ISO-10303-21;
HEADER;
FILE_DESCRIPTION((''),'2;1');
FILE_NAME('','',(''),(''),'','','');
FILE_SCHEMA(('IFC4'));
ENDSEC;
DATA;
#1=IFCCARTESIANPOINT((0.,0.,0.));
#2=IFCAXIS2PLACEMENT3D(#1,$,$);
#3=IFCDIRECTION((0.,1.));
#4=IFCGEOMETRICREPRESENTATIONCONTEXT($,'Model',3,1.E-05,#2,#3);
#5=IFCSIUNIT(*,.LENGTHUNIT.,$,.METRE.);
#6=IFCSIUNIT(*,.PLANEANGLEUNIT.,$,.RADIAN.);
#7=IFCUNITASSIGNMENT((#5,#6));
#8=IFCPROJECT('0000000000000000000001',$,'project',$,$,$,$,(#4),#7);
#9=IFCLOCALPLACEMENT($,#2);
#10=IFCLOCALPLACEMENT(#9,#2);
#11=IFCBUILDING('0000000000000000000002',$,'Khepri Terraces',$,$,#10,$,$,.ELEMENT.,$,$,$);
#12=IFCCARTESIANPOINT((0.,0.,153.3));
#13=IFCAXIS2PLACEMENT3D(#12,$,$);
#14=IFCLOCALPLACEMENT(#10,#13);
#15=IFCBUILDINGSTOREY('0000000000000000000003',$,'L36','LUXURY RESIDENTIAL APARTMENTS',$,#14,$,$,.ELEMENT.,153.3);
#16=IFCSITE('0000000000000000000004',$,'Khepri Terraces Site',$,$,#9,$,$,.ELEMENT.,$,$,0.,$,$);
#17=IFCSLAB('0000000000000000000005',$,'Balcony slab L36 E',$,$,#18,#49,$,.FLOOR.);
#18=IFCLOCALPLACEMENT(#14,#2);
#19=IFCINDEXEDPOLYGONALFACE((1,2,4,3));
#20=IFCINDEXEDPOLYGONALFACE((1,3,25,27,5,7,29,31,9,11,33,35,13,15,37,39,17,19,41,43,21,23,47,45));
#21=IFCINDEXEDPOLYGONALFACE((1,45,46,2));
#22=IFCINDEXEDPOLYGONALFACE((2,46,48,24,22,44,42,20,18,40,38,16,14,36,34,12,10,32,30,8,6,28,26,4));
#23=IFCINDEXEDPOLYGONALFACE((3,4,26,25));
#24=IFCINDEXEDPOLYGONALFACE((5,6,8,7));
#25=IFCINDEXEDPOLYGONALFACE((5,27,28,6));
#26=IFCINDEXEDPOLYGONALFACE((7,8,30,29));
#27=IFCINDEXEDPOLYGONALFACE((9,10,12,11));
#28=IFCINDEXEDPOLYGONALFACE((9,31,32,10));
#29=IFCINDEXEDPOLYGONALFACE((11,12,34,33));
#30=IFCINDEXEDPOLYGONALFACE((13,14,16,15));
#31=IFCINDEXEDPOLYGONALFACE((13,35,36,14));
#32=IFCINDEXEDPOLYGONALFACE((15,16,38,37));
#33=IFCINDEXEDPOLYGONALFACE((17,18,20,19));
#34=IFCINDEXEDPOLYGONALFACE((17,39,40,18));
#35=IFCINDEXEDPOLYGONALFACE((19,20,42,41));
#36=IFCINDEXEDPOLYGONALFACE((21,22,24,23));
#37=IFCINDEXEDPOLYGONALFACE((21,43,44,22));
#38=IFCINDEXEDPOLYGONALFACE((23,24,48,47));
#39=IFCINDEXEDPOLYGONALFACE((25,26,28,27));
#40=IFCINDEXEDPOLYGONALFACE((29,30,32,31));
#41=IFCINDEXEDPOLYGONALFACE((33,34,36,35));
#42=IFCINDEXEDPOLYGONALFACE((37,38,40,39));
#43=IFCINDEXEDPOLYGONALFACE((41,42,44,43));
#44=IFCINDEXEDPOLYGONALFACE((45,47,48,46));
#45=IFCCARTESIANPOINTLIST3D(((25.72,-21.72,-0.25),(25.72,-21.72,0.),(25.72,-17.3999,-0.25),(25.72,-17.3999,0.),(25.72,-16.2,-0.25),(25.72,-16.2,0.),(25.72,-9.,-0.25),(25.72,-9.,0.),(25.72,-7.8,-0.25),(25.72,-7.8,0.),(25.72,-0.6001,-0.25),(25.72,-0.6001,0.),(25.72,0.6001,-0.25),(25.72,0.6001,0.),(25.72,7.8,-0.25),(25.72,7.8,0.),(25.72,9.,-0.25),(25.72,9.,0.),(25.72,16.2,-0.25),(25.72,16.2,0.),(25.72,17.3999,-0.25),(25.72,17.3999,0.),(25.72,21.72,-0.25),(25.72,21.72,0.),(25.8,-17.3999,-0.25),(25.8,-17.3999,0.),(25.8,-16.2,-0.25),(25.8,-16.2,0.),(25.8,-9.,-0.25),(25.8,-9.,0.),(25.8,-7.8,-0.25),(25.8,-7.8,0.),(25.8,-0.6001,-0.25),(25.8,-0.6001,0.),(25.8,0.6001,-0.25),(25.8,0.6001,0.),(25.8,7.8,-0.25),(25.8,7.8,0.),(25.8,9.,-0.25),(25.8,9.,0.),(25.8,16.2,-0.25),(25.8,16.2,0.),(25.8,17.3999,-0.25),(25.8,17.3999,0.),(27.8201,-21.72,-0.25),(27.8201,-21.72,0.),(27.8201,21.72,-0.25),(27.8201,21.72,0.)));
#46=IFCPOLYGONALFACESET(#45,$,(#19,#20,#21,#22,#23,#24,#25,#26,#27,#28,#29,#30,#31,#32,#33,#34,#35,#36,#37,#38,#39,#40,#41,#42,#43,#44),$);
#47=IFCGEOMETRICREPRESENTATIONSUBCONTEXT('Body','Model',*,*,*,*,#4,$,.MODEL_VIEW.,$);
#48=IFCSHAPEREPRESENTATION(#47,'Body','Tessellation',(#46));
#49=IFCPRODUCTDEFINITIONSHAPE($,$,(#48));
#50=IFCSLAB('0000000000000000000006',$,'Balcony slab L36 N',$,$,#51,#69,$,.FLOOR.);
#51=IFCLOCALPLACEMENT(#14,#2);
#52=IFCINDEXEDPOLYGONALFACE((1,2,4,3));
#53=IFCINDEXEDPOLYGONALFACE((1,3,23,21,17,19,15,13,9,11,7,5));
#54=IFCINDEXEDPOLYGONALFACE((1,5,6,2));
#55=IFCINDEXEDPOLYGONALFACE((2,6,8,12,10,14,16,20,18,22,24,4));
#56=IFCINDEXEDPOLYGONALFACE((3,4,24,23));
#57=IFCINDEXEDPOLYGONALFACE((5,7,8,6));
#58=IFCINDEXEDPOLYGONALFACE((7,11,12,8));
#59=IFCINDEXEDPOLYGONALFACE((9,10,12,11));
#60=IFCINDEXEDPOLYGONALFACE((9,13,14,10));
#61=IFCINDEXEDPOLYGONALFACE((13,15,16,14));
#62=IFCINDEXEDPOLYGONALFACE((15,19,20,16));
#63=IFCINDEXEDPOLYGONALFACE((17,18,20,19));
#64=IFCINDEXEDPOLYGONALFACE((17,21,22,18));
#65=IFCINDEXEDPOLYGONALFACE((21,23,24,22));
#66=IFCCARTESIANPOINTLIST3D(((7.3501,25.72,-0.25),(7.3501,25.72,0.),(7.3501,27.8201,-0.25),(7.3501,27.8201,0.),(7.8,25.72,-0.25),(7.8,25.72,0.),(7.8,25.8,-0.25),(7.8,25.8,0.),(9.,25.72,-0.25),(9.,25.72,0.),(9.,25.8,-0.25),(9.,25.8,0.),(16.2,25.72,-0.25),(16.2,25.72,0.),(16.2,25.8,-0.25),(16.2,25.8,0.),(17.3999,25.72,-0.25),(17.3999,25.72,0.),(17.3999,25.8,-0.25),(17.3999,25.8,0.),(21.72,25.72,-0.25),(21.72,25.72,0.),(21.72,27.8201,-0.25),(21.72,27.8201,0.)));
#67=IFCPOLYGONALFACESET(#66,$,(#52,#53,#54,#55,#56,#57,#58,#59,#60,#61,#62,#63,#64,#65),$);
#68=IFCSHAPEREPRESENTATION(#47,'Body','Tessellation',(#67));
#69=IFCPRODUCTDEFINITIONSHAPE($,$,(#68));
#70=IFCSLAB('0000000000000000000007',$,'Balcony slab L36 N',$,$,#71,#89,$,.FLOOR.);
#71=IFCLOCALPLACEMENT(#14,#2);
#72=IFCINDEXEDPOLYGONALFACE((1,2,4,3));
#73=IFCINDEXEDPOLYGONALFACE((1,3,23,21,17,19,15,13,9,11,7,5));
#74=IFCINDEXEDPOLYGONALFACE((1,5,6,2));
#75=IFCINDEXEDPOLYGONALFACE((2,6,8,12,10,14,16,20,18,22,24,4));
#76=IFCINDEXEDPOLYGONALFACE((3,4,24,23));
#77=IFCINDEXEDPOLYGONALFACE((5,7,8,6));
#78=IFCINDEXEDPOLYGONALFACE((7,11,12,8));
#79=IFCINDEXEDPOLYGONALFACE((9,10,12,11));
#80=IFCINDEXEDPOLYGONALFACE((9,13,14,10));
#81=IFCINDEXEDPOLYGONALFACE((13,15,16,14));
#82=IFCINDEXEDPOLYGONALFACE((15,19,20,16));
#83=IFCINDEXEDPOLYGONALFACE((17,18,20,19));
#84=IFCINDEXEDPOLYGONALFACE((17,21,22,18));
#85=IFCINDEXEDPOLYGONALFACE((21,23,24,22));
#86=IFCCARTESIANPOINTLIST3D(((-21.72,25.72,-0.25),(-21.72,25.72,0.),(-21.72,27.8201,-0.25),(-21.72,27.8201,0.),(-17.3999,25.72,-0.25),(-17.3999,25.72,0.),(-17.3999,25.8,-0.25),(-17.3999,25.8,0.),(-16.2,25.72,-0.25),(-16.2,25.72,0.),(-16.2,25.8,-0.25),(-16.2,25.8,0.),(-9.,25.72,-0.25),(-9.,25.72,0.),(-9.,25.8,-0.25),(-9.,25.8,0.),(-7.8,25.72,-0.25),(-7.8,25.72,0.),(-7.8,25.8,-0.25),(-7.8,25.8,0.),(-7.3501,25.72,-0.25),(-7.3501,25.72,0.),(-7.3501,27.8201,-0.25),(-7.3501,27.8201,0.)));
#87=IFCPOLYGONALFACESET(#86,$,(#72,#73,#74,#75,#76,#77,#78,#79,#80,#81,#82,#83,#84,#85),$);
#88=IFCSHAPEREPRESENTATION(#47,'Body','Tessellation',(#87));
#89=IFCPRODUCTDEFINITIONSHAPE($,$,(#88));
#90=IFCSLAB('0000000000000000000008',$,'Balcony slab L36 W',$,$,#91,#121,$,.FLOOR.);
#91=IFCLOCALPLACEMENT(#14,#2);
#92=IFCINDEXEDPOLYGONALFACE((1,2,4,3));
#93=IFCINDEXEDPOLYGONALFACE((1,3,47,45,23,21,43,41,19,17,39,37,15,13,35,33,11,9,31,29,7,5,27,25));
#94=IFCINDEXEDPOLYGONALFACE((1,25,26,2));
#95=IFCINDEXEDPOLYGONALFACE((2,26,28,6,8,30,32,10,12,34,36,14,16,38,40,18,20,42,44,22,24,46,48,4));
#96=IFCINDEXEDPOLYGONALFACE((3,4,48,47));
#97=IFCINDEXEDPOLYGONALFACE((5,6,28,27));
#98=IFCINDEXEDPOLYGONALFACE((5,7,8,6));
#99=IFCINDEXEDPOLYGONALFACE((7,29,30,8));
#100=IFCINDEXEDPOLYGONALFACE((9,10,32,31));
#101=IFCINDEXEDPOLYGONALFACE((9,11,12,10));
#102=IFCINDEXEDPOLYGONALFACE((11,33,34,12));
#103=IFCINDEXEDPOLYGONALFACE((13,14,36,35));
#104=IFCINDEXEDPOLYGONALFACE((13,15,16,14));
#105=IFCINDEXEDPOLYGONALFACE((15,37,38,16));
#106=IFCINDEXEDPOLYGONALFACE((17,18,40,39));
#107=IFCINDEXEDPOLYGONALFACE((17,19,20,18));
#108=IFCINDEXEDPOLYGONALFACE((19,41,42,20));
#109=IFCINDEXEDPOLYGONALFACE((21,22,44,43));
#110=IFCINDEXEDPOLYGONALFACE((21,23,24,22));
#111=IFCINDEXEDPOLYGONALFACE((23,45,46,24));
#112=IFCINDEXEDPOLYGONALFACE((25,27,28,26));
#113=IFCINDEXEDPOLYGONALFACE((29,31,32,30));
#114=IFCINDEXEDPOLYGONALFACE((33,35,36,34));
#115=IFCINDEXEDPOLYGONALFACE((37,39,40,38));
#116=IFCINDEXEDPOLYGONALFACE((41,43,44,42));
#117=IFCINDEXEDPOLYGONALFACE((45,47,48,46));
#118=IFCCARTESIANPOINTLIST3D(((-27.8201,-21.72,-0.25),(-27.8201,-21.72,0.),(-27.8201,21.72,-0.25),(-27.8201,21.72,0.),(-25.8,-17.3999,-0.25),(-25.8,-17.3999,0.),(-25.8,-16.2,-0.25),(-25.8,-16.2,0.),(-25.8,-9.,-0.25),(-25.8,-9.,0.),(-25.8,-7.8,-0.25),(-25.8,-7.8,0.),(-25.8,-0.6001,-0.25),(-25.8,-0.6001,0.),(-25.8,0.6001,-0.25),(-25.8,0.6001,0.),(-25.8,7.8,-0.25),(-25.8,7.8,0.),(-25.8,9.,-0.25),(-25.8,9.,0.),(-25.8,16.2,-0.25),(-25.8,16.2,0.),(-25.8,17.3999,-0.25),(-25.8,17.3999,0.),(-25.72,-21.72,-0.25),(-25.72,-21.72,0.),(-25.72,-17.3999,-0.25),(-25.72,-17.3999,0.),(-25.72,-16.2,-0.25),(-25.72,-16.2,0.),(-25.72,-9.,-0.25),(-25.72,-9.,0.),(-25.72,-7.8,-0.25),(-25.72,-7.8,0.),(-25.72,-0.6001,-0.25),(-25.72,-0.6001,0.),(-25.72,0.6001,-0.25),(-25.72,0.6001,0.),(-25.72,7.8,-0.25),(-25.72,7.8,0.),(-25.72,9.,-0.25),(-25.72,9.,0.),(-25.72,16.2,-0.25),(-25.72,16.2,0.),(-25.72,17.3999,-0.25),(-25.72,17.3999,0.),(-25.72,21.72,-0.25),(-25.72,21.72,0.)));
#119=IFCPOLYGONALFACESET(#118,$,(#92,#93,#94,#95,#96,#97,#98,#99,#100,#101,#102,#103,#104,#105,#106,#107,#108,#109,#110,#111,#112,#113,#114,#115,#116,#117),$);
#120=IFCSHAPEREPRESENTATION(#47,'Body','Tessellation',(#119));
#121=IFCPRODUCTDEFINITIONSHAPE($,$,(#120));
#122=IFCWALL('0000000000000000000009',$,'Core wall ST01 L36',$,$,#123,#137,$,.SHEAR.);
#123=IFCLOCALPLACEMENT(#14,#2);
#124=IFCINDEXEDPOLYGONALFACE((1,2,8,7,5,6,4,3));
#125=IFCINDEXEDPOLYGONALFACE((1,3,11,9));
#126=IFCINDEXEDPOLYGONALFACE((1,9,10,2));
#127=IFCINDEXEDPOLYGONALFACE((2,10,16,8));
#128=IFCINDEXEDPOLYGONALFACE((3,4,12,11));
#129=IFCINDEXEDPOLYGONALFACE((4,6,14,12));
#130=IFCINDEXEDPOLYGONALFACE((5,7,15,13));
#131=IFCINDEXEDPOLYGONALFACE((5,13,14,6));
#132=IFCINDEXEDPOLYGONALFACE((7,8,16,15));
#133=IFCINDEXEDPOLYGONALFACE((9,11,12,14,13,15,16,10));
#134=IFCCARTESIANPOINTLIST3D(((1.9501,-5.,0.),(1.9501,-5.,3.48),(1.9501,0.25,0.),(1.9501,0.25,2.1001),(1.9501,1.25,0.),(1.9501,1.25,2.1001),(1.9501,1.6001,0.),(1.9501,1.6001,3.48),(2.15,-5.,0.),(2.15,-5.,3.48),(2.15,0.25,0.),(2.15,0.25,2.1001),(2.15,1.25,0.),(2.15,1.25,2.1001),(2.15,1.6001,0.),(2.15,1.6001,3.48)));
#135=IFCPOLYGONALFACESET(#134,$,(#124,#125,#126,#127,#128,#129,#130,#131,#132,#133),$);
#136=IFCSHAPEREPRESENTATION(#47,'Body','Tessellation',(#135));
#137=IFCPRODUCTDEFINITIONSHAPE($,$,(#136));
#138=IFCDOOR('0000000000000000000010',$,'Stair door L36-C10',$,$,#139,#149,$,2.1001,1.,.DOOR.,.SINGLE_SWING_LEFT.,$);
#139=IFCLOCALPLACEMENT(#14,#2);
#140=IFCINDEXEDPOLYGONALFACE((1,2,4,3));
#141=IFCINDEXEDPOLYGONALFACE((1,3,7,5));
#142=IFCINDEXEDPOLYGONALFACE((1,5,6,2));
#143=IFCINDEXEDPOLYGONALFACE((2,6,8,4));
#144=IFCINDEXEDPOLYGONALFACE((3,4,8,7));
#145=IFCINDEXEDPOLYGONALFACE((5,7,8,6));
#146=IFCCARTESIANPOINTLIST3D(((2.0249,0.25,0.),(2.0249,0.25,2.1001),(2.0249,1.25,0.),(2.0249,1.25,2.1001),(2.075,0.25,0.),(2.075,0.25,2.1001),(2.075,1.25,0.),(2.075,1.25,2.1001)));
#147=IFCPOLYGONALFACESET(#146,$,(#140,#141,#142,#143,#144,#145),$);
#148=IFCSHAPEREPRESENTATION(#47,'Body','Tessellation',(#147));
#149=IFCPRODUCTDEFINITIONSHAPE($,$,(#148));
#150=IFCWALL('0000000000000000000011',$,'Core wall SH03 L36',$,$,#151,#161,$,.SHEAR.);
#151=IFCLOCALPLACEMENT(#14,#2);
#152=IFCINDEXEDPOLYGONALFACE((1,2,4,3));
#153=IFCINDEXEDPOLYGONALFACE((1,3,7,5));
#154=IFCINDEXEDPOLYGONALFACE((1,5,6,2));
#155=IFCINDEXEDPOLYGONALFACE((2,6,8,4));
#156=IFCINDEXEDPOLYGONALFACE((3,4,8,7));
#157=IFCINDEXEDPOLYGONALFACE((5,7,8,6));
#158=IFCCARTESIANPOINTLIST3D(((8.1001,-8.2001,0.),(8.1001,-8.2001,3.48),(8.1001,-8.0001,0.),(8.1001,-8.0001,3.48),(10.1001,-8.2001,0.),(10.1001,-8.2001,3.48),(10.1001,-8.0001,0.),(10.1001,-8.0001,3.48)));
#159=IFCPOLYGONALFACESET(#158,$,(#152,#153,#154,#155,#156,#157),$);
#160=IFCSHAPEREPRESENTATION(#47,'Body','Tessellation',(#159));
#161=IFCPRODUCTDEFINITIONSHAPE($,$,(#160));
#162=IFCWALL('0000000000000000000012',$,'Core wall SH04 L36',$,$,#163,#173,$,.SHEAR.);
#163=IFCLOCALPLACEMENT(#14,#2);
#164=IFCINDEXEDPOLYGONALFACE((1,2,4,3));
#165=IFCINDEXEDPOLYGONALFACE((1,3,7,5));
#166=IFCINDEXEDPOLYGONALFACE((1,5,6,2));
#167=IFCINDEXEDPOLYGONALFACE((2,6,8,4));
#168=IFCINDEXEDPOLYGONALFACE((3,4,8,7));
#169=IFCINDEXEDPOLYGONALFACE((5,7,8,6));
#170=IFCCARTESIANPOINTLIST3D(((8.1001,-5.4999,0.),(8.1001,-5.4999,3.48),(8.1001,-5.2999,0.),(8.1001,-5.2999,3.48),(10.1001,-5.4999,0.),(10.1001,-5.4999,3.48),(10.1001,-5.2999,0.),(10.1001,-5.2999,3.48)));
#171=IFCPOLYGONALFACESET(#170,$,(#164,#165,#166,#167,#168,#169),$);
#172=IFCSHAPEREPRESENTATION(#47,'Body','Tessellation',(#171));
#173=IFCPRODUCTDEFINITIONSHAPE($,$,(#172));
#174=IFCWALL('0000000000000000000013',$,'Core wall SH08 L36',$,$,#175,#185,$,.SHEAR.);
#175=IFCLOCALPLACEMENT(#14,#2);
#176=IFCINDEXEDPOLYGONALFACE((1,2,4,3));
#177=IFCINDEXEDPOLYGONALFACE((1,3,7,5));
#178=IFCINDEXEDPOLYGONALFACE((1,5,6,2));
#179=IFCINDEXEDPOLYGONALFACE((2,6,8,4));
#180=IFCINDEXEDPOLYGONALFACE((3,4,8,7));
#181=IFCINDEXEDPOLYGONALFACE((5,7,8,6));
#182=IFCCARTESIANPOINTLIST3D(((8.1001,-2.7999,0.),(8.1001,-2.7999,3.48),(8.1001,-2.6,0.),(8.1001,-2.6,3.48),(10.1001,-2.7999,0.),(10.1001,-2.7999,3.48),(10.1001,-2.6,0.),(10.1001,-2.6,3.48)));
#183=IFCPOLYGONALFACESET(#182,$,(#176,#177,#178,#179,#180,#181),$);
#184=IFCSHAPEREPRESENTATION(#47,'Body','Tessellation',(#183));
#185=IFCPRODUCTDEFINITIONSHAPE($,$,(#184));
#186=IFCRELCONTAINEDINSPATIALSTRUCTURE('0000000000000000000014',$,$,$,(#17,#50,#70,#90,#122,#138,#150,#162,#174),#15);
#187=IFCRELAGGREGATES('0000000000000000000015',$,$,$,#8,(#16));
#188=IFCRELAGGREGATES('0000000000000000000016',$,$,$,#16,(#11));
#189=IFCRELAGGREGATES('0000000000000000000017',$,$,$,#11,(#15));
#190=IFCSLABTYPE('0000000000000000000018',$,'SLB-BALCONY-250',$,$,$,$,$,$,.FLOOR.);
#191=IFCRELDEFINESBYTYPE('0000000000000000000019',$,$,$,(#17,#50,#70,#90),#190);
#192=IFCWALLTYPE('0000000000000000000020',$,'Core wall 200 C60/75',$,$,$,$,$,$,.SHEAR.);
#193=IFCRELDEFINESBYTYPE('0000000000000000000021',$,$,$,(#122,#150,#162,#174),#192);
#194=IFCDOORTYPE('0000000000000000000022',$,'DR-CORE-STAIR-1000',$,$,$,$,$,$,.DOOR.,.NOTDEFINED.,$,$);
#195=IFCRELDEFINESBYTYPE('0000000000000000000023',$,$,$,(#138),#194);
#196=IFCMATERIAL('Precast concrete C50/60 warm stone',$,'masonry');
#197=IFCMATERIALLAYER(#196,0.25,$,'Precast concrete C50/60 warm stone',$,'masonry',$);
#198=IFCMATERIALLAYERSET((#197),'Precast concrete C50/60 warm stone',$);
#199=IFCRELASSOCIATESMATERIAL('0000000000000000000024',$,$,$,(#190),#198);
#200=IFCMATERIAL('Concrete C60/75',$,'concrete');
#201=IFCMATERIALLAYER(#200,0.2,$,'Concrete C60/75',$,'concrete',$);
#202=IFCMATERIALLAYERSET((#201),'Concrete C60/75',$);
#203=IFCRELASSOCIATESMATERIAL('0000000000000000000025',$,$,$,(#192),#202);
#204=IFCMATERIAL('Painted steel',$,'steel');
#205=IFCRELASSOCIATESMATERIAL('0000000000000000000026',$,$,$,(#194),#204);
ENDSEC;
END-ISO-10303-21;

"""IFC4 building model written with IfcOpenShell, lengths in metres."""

from ifc_helpers import new_model, si_unit, direction, frame, frame_2d, origin, place, context, subcontext, project, spatial, polyline, rectangle, outline, extrude, material, layer, layer_set, type_object, element, fill, save


model = new_model("IFC4")

# Units and contexts
model_context = context("Model", 3, precision=1e-05, world=origin(), true_north=direction((0.0, 1.0)))
body_context = subcontext(model_context, "Body", "Model", "MODEL_VIEW")
ifc_project = project(units=[si_unit("LENGTHUNIT", "METRE"), si_unit("PLANEANGLEUNIT", "RADIAN")], contexts=[model_context])

# Site, building, storey
site_placement = place(None, origin())
site = spatial("IfcSite", under=ifc_project, at=site_placement, Name="Khepri Terraces Site", CompositionType="ELEMENT", RefElevation=0.0)
building_placement = place(site_placement, origin())
building = spatial("IfcBuilding", under=site, at=building_placement, Name="Khepri Terraces", CompositionType="ELEMENT")
storey_placement = place(building_placement, frame((0.0, 0.0, 153.3)))
storey = spatial("IfcBuildingStorey", under=building, at=storey_placement, Name="L36", Description="LUXURY RESIDENTIAL APARTMENTS", CompositionType="ELEMENT", Elevation=153.3)

# Slabs
ifc_material_1 = material(Name="Precast concrete C50/60 warm stone", Category="masonry")
ifc_layer_1 = layer(ifc_material_1, 0.25, Name="Precast concrete C50/60 warm stone", Category="masonry")
ifc_layer_set_1 = layer_set([ifc_layer_1], Name="Precast concrete C50/60 warm stone")
slab_type = type_object("IfcSlabType", Name="SLB-BALCONY-250", PredefinedType="FLOOR", material=ifc_layer_set_1)
slab_1_placement = place(storey_placement, frame((0.0, 0.0, -0.25)))
element("IfcSlab", 1, at=slab_1_placement, inside=storey, type_object=slab_type, Name="Balcony slab L36 E", PredefinedType="FLOOR", context=body_context, shape_type="SweptSolid", body=[
    extrude(outline(polyline([(25.72, -17.3999), (25.72, -21.72), (27.8201, -21.72), (27.8201, 21.72), (25.72, 21.72), (25.72, 17.3999), (25.8, 17.3999), (25.8, 16.2), (25.72, 16.2), (25.72, 9.0), (25.8, 9.0), (25.8, 7.8), (25.72, 7.8), (25.72, 0.6001), (25.8, 0.6001), (25.8, -0.6001), (25.72, -0.6001), (25.72, -7.8), (25.8, -7.8), (25.8, -9.0), (25.72, -9.0), (25.72, -16.2), (25.8, -16.2), (25.8, -17.3999), (25.72, -17.3999)])), origin(), (0.0, 0.0, 1.0), 0.25),
])
slab_2_placement = place(storey_placement, frame((0.0, 0.0, -0.25)))
element("IfcSlab", 2, at=slab_2_placement, inside=storey, type_object=slab_type, Name="Balcony slab L36 N", PredefinedType="FLOOR", context=body_context, shape_type="SweptSolid", body=[
    extrude(outline(polyline([(17.3999, 25.72), (21.72, 25.72), (21.72, 27.8201), (7.3501, 27.8201), (7.3501, 25.72), (7.8, 25.72), (7.8, 25.8), (9.0, 25.8), (9.0, 25.72), (16.2, 25.72), (16.2, 25.8), (17.3999, 25.8), (17.3999, 25.72)])), origin(), (0.0, 0.0, 1.0), 0.25),
])
slab_3_placement = place(storey_placement, frame((0.0, 0.0, -0.25)))
element("IfcSlab", 3, at=slab_3_placement, inside=storey, type_object=slab_type, Name="Balcony slab L36 N", PredefinedType="FLOOR", context=body_context, shape_type="SweptSolid", body=[
    extrude(outline(polyline([(-7.8, 25.72), (-7.3501, 25.72), (-7.3501, 27.8201), (-21.72, 27.8201), (-21.72, 25.72), (-17.3999, 25.72), (-17.3999, 25.8), (-16.2, 25.8), (-16.2, 25.72), (-9.0, 25.72), (-9.0, 25.8), (-7.8, 25.8), (-7.8, 25.72)])), origin(), (0.0, 0.0, 1.0), 0.25),
])
slab_4_placement = place(storey_placement, frame((0.0, 0.0, -0.25)))
element("IfcSlab", 4, at=slab_4_placement, inside=storey, type_object=slab_type, Name="Balcony slab L36 W", PredefinedType="FLOOR", context=body_context, shape_type="SweptSolid", body=[
    extrude(outline(polyline([(-25.72, 17.3999), (-25.72, 21.72), (-27.8201, 21.72), (-27.8201, -21.72), (-25.72, -21.72), (-25.72, -17.3999), (-25.8, -17.3999), (-25.8, -16.2), (-25.72, -16.2), (-25.72, -9.0), (-25.8, -9.0), (-25.8, -7.8), (-25.72, -7.8), (-25.72, -0.6001), (-25.8, -0.6001), (-25.8, 0.6001), (-25.72, 0.6001), (-25.72, 7.8), (-25.8, 7.8), (-25.8, 9.0), (-25.72, 9.0), (-25.72, 16.2), (-25.8, 16.2), (-25.8, 17.3999), (-25.72, 17.3999)])), origin(), (0.0, 0.0, 1.0), 0.25),
])

# Wall, opening, door
ifc_material_2 = material(Name="Concrete C60/75", Category="concrete")
ifc_layer_2 = layer(ifc_material_2, 0.2, Name="Concrete C60/75", Category="concrete")
ifc_layer_set_2 = layer_set([ifc_layer_2], Name="Concrete C60/75")
wall_type_1 = type_object("IfcWallType", Name="Core wall 200 C60/75", PredefinedType="SHEAR", material=ifc_layer_set_2)
wall_1_placement = place(storey_placement, frame((2.05, -5.0, 0.0), z_axis=(0.0, 0.0, 1.0), x_axis=(0.0, 1.0, 0.0)))
wall_1 = element("IfcWall", 5, at=wall_1_placement, inside=storey, type_object=wall_type_1, Name="Core wall ST01 L36", PredefinedType="SHEAR", context=body_context, shape_type="SweptSolid", body=[
    extrude(rectangle(XDim=6.6001, YDim=0.2, at=frame_2d((3.3, 0.0))), origin(), (0.0, 0.0, 1.0), 3.48),
])
opening_1_placement = place(wall_1_placement, frame((5.25, 0.0, 0.0)))
opening_1 = element("IfcOpeningElement", 6, at=opening_1_placement, cuts=wall_1, PredefinedType="OPENING", context=body_context, shape_type="SweptSolid", body=[
    extrude(rectangle(XDim=1.0, YDim=2.1001, at=frame_2d((0.5, 1.05))), frame((0.0, 0.1099, 0.0), z_axis=(0.0, -1.0, 0.0), x_axis=(1.0, 0.0, 0.0)), (0.0, 0.0, 1.0), 0.22),
])
ifc_material_3 = material(Name="Painted steel", Category="steel")
door_type_1 = type_object("IfcDoorType", Name="DR-CORE-STAIR-1000", OperationType="NOTDEFINED", PredefinedType="DOOR", material=ifc_material_3)
door_1_placement = place(opening_1_placement, frame((1.0, 0.0, 0.0), z_axis=(0.0, 0.0, 1.0), x_axis=(-1.0, 0.0, 0.0)))
door_1 = element("IfcDoor", 7, at=door_1_placement, inside=storey, type_object=door_type_1, Name="Stair door L36-C10", OperationType="SINGLE_SWING_LEFT", OverallHeight=2.1001, OverallWidth=1.0, PredefinedType="DOOR", context=body_context, shape_type="SweptSolid", body=[
    extrude(rectangle(XDim=1.0, YDim=2.1001, at=frame_2d((0.5, 1.05))), frame((0.0, 0.0249, 0.0), z_axis=(0.0, -1.0, 0.0), x_axis=(1.0, 0.0, 0.0)), (0.0, 0.0, 1.0), 0.05),
])
fill(opening_1, door_1)

# Walls
for number, where, z_axis, x_axis, name in (
    (8, (8.1001, -8.1001, 0.0), (0.0, 0.0, 1.0), (1.0, 0.0, 0.0), "Core wall SH03 L36"),
    (9, (8.1001, -5.3999, 0.0), (0.0, 0.0, 1.0), (1.0, 0.0, 0.0), "Core wall SH04 L36"),
    (10, (8.1001, -2.7, 0.0), (0.0, 0.0, 1.0), (1.0, 0.0, 0.0), "Core wall SH08 L36"),
):
    element("IfcWall", number, at=place(storey_placement, frame(where, z_axis=z_axis, x_axis=x_axis)), inside=storey, type_object=wall_type_1, Name=name, PredefinedType="SHEAR", context=body_context, shape_type="SweptSolid", body=[
        extrude(rectangle(XDim=2.0, YDim=0.2, at=frame_2d((1.0, 0.0))), origin(), (0.0, 0.0, 1.0), 3.48),
    ])

save(model, "model.ifc")
